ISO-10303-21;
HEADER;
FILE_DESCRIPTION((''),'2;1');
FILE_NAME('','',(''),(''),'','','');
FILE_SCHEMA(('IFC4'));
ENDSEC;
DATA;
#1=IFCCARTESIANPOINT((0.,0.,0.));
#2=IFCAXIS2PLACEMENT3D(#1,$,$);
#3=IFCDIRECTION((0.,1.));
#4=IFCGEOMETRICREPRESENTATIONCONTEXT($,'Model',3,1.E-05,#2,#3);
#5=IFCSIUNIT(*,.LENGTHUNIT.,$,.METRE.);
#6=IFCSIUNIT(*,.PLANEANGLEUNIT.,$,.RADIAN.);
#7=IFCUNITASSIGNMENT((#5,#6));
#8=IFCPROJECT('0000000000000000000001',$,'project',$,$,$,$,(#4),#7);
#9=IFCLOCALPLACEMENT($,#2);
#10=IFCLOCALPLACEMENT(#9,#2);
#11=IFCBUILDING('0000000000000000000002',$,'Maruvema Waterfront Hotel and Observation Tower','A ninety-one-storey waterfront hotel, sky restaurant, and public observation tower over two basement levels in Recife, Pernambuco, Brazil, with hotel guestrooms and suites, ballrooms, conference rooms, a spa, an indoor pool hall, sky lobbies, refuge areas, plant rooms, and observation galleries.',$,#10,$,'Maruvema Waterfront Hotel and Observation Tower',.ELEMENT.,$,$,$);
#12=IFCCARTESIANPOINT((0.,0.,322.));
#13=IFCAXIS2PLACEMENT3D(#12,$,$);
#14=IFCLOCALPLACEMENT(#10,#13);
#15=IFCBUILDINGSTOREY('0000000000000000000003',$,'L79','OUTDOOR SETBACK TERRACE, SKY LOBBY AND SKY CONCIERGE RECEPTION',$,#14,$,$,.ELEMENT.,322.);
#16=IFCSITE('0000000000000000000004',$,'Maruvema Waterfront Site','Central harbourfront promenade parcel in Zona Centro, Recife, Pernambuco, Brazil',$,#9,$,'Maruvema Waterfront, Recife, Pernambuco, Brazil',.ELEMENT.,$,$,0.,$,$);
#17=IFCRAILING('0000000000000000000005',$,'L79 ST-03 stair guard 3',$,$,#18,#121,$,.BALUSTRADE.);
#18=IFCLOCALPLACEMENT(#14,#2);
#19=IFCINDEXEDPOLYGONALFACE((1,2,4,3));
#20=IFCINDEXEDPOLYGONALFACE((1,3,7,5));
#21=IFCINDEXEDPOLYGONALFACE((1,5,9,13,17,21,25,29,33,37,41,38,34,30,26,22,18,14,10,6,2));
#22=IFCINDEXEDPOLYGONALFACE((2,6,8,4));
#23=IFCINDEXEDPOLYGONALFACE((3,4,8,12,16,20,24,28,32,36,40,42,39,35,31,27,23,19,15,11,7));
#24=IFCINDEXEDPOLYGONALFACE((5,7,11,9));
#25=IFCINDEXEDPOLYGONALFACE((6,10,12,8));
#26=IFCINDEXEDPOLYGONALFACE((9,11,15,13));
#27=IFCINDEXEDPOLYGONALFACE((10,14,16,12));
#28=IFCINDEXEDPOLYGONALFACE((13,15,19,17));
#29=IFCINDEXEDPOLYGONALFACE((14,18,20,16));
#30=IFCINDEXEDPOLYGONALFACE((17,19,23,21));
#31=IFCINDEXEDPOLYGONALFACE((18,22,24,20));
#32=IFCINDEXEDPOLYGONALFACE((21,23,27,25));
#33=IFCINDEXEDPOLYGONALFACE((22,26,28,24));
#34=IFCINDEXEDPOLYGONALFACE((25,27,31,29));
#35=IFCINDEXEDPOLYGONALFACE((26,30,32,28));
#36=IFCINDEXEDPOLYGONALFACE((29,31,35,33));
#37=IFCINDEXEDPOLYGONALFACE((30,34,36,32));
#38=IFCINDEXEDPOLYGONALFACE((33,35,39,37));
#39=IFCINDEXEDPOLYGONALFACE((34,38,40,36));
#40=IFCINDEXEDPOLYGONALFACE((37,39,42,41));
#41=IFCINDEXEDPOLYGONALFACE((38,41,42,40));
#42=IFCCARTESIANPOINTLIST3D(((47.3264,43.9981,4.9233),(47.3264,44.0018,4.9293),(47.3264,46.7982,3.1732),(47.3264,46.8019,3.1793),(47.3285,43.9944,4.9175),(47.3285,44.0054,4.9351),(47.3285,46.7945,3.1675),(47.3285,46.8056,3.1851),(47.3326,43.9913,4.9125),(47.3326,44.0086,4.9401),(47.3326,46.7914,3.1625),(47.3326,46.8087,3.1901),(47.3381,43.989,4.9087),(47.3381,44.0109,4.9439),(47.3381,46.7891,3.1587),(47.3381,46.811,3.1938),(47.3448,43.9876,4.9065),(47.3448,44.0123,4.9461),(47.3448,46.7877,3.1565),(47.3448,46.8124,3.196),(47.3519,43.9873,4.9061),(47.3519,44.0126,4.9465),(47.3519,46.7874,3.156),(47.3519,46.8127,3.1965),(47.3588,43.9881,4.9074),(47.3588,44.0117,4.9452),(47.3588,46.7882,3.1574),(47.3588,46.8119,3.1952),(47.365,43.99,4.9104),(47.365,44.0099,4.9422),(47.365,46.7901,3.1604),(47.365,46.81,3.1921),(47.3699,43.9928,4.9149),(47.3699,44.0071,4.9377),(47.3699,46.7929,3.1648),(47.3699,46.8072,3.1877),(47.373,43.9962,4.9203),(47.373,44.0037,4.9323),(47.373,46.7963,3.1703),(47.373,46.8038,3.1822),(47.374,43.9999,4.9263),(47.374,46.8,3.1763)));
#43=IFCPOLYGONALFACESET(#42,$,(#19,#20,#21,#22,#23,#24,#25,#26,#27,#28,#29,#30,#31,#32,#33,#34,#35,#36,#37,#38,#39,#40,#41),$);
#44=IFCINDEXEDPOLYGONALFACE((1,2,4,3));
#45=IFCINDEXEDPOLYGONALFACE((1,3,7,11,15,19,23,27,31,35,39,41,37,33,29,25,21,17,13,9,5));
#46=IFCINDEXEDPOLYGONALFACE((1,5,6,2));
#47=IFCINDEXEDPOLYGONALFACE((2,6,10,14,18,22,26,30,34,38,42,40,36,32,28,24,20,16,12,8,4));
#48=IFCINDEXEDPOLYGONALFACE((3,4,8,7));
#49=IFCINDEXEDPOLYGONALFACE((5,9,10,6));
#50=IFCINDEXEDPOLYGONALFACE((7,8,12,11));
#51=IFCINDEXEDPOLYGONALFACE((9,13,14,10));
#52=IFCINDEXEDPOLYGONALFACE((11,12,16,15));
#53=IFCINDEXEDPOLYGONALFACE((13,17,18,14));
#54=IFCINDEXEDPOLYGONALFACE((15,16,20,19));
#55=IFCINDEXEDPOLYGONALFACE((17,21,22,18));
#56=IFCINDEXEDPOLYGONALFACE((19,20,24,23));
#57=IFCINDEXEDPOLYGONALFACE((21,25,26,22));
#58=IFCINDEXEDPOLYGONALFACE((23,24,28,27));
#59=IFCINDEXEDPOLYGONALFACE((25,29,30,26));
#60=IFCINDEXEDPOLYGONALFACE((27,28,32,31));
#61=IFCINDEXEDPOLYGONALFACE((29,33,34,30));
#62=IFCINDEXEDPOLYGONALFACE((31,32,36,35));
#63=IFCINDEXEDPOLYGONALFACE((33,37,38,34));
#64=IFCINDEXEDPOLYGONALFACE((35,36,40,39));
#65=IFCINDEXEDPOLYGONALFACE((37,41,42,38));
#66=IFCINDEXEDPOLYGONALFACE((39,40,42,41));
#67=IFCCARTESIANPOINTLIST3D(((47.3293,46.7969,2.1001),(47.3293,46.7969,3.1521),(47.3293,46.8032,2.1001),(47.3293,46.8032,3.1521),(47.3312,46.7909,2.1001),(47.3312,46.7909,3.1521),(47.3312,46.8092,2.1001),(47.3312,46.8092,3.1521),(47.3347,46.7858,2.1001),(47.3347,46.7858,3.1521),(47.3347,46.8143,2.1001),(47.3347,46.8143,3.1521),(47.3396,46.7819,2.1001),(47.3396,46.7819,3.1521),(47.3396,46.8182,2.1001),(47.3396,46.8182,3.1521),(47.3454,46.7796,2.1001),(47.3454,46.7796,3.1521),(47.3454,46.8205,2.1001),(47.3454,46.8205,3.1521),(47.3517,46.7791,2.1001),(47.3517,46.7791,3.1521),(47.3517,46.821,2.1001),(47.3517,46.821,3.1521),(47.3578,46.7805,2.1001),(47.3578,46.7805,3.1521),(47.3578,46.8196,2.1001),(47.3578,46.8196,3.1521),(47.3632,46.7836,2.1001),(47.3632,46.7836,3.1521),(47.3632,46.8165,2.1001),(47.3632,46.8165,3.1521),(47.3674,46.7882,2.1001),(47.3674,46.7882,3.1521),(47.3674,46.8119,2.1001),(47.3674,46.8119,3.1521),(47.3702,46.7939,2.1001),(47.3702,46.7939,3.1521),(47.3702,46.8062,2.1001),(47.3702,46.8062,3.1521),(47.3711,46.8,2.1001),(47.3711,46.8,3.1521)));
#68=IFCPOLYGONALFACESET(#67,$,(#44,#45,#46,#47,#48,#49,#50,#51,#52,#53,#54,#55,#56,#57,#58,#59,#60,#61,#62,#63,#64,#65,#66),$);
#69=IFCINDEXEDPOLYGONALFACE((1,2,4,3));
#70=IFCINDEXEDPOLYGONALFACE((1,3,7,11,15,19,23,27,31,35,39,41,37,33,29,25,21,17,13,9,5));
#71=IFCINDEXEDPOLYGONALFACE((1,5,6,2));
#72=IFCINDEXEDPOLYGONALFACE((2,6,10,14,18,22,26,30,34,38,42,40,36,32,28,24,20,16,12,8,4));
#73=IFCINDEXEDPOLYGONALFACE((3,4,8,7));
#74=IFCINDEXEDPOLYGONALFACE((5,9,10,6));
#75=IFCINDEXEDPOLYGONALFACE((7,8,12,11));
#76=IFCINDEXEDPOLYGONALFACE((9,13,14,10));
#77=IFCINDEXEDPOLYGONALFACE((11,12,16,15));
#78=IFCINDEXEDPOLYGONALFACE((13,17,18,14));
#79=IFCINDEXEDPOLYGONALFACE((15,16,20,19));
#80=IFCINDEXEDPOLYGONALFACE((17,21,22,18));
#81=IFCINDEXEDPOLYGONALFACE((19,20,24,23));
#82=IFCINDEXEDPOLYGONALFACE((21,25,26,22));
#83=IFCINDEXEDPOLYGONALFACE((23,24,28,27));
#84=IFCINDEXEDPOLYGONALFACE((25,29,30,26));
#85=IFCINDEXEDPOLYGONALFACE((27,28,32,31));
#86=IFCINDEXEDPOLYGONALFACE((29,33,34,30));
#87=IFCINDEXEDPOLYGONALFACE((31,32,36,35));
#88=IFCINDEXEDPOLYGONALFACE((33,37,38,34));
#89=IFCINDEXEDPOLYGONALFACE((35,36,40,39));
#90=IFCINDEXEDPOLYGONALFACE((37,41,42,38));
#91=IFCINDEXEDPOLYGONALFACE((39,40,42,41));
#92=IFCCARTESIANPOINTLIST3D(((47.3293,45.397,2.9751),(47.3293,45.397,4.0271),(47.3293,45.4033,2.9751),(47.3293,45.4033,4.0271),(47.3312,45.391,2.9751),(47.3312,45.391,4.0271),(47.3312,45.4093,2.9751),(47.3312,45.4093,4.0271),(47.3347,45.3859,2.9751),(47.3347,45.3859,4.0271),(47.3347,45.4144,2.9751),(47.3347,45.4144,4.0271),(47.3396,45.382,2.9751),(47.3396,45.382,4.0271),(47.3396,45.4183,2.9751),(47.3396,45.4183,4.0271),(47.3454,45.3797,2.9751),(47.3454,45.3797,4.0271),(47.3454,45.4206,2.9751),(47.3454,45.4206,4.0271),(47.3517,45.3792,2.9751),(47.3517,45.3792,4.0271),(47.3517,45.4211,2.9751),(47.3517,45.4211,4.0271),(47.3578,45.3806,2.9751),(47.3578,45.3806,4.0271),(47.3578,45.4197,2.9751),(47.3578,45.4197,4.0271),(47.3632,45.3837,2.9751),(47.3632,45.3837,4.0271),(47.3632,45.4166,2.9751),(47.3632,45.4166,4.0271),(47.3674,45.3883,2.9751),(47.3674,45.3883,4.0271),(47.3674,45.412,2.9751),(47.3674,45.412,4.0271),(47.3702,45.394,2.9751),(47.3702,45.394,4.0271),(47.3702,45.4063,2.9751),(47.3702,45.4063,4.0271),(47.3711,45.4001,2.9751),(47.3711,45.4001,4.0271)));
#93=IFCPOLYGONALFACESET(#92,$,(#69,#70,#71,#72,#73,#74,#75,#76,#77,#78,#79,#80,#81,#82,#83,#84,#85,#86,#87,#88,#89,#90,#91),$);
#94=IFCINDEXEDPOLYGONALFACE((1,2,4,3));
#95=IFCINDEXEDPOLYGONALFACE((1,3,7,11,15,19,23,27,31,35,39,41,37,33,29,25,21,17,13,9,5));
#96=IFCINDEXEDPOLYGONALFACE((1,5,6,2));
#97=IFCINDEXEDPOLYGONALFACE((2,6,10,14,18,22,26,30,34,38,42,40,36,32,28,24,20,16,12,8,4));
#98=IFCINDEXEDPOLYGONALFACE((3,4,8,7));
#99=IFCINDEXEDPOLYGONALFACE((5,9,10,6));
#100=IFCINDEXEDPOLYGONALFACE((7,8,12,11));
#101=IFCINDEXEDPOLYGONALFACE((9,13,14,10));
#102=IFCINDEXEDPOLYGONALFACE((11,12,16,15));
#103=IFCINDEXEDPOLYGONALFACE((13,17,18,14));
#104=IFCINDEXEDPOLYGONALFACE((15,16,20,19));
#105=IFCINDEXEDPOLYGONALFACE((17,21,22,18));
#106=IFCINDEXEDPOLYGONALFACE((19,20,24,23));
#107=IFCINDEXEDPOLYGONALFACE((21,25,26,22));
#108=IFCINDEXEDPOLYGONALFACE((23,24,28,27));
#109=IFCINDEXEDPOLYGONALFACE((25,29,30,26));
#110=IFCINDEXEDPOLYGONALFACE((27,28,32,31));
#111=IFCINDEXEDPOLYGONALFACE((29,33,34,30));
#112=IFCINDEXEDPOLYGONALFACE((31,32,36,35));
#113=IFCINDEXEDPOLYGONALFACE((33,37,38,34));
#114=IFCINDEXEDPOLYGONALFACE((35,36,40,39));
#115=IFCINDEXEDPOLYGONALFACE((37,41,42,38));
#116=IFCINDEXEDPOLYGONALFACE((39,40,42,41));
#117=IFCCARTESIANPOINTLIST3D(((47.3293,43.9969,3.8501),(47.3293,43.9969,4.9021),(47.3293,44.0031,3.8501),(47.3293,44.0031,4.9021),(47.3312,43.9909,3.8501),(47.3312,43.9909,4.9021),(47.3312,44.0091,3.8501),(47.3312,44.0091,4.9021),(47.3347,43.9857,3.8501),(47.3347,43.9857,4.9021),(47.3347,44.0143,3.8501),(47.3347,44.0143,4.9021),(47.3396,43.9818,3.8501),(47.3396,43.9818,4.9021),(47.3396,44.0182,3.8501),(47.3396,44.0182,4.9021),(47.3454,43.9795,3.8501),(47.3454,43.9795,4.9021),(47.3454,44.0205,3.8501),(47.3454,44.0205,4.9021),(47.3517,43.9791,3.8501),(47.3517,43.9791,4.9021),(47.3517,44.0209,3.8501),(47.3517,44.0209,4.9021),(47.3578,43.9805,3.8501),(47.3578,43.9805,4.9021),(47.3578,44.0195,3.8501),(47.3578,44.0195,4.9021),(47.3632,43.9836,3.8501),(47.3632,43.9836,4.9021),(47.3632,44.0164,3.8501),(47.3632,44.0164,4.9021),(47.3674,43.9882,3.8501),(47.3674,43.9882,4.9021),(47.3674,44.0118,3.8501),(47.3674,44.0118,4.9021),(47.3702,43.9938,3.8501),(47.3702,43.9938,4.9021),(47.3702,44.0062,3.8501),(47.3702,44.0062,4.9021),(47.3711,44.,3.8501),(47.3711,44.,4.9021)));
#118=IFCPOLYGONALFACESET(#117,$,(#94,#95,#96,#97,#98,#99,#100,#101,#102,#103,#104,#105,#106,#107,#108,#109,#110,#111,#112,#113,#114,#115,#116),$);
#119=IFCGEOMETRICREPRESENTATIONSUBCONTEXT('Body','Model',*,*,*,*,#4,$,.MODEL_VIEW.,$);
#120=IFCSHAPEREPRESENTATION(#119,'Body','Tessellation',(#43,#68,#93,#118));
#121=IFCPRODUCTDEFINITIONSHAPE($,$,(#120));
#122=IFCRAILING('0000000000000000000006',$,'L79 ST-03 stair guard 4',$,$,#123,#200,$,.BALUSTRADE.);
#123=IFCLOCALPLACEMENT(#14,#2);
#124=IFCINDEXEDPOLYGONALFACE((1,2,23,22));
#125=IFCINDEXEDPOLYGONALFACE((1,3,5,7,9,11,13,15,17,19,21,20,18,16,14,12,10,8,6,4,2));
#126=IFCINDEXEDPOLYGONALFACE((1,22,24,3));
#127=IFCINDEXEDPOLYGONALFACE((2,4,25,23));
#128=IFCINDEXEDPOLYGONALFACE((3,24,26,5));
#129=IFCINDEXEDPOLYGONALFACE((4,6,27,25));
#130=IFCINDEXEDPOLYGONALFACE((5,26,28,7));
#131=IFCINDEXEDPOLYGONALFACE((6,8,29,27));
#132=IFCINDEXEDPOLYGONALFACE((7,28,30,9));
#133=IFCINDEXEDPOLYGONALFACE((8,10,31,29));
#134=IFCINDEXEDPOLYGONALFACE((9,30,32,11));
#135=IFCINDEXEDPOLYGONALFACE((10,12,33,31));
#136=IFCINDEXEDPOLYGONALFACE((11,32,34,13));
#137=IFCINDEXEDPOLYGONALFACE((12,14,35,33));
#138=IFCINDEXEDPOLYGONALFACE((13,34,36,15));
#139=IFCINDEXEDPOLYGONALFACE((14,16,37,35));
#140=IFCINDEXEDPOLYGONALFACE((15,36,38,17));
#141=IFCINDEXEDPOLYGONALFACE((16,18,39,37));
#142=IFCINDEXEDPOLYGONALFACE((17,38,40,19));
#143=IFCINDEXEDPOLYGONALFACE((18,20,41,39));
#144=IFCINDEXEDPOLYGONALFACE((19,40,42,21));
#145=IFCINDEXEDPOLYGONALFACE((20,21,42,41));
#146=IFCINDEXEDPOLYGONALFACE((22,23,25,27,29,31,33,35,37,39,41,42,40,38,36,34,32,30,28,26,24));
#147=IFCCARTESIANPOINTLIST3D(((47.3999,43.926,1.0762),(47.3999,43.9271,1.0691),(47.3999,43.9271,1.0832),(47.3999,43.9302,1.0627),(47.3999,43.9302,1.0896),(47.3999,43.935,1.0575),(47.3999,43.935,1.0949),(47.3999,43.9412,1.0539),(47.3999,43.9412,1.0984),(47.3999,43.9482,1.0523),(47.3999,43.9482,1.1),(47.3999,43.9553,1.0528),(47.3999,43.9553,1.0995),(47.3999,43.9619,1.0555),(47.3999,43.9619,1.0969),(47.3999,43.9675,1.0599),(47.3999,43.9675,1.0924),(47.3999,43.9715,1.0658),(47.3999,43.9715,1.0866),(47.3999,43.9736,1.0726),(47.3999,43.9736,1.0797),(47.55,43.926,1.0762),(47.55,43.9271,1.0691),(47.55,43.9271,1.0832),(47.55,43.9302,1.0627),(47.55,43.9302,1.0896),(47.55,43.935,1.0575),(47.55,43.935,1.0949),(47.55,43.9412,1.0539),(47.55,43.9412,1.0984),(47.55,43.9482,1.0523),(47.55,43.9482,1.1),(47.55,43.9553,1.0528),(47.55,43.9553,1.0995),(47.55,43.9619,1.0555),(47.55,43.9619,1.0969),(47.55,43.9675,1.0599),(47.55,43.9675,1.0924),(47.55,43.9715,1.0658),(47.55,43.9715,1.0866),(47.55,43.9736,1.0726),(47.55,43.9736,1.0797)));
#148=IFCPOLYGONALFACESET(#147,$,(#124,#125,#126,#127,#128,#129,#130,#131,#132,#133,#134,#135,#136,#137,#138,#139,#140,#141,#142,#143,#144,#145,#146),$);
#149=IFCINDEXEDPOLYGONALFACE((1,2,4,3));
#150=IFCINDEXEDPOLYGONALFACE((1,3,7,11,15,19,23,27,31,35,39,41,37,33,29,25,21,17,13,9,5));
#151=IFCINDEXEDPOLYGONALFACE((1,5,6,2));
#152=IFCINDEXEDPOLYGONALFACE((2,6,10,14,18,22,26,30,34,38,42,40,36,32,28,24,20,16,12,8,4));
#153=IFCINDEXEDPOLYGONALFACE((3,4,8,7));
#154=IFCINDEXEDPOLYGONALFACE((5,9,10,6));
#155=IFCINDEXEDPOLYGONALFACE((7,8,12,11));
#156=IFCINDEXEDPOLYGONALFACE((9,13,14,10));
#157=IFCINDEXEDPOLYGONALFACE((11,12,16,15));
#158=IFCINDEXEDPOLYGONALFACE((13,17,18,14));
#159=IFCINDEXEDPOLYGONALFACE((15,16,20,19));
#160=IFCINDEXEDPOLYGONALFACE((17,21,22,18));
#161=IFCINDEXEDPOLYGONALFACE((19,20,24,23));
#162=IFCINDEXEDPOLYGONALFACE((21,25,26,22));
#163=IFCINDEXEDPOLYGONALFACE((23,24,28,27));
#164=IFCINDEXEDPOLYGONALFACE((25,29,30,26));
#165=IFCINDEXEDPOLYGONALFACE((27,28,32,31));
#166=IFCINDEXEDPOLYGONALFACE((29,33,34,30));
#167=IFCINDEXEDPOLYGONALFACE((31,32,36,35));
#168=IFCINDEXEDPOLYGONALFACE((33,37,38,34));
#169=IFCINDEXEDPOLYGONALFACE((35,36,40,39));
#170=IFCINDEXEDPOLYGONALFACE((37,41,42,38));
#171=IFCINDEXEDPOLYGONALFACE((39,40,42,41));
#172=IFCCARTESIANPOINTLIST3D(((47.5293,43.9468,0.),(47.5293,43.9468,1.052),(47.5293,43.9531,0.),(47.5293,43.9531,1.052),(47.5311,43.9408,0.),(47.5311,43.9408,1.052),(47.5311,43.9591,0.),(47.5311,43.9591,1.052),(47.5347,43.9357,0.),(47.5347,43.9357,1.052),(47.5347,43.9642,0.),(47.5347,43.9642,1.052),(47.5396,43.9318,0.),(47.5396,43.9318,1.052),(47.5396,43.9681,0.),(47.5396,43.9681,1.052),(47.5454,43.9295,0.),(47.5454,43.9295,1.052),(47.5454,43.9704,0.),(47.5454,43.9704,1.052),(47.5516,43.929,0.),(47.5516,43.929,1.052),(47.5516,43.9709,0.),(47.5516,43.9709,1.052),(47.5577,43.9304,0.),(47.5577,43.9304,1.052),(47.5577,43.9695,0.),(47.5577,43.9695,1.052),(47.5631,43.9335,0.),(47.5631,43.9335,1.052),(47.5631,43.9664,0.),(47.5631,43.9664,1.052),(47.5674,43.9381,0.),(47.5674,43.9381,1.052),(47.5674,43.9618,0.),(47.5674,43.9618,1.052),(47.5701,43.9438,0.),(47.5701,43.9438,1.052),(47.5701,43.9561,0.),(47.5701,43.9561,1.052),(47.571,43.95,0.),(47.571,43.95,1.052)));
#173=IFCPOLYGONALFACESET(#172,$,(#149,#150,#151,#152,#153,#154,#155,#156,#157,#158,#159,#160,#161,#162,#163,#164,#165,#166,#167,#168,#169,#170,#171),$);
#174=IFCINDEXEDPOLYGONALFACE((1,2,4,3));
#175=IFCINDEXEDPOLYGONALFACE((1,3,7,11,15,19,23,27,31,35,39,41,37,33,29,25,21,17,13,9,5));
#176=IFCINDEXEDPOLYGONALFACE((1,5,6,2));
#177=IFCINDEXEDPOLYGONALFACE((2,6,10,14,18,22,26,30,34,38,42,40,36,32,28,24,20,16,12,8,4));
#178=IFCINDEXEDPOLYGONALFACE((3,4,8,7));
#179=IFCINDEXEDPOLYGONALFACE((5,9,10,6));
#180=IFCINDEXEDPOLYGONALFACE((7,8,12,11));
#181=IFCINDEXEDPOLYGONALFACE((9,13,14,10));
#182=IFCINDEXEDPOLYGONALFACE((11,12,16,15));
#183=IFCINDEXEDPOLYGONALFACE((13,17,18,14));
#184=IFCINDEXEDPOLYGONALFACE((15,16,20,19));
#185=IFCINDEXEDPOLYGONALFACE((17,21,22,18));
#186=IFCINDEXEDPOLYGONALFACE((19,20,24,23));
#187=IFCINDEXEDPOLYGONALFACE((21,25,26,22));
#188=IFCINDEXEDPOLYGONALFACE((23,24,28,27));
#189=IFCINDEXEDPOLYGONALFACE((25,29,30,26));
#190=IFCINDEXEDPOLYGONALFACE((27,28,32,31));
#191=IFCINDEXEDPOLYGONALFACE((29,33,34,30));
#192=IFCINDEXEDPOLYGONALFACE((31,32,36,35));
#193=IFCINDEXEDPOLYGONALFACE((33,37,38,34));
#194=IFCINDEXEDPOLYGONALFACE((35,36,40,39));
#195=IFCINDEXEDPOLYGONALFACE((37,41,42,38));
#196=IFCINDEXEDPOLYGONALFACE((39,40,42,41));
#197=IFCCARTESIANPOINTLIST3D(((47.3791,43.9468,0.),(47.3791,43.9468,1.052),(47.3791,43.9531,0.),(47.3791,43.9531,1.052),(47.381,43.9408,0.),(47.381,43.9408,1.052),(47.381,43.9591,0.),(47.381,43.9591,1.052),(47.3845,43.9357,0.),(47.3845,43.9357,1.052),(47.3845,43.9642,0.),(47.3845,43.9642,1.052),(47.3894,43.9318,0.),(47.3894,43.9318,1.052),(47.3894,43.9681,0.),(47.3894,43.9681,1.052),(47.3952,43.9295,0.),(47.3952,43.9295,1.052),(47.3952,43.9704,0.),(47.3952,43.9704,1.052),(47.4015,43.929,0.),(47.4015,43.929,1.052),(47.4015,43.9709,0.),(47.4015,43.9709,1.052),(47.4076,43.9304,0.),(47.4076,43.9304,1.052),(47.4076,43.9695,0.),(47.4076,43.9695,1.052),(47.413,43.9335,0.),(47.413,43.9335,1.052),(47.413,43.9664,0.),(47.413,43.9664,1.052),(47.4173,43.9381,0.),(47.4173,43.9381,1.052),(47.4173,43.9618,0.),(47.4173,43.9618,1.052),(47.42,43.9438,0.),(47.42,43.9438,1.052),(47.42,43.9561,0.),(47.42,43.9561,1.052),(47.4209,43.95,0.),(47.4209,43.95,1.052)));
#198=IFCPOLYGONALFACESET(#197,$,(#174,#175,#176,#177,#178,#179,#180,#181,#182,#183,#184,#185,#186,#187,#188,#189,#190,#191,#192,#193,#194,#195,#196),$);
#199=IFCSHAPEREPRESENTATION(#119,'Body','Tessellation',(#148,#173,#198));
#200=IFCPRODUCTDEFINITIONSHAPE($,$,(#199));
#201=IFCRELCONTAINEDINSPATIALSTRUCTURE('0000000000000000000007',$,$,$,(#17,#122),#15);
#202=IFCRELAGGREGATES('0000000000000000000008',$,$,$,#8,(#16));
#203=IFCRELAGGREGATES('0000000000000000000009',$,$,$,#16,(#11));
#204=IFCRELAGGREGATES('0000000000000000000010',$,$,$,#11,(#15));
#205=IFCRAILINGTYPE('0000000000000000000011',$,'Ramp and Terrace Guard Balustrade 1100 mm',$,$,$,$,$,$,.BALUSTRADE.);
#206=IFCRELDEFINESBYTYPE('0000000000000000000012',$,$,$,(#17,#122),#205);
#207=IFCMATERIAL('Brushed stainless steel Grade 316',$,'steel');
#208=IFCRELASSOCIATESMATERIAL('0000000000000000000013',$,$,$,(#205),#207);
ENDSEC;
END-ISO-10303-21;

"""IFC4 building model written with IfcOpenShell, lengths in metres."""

from ifc_helpers import new_model, si_unit, direction, frame, origin, origin_2d, place, context, subcontext, project, spatial, circle, extrude, material, type_object, element, save


model = new_model("IFC4")

# Units and contexts
model_context = context("Model", 3, precision=1e-05, world=origin(), true_north=direction((0.0, 1.0)))
body_context = subcontext(model_context, "Body", "Model", "MODEL_VIEW")
ifc_project = project(units=[si_unit("LENGTHUNIT", "METRE"), si_unit("PLANEANGLEUNIT", "RADIAN")], contexts=[model_context])

# Site, building, storey
site_placement = place(None, origin())
site = spatial("IfcSite", under=ifc_project, at=site_placement, Name="Maruvema Waterfront Site", Description="Central harbourfront promenade parcel in Zona Centro, Recife, Pernambuco, Brazil", LongName="Maruvema Waterfront, Recife, Pernambuco, Brazil", CompositionType="ELEMENT", RefElevation=0.0)
building_placement = place(site_placement, origin())
building = spatial("IfcBuilding", under=site, at=building_placement, Name="Maruvema Waterfront Hotel and Observation Tower", Description="A ninety-one-storey waterfront hotel, sky restaurant, and public observation tower over two basement levels in Recife, Pernambuco, Brazil, with hotel guestrooms and suites, ballrooms, conference rooms, a spa, an indoor pool hall, sky lobbies, refuge areas, plant rooms, and observation galleries.", LongName="Maruvema Waterfront Hotel and Observation Tower", CompositionType="ELEMENT")
storey_placement = place(building_placement, frame((0.0, 0.0, 322.0)))
storey = spatial("IfcBuildingStorey", under=building, at=storey_placement, Name="L79", Description="OUTDOOR SETBACK TERRACE, SKY LOBBY AND SKY CONCIERGE RECEPTION", CompositionType="ELEMENT", Elevation=322.0)

# Railings
ifc_material_1 = material(Name="Brushed stainless steel Grade 316", Category="steel")
railing_type_1 = type_object("IfcRailingType", Name="Ramp and Terrace Guard Balustrade 1100 mm", PredefinedType="BALUSTRADE", material=ifc_material_1)
railing_1_placement = place(storey_placement, frame((47.3501, 46.8, 2.1001)))
element("IfcRailing", 1, at=railing_1_placement, inside=storey, type_object=railing_type_1, Name="L79 ST-03 stair guard 3", PredefinedType="BALUSTRADE", context=body_context, shape_type="SweptSolid", body=[
    extrude(circle(Radius=0.0239, at=origin_2d()), frame((0.0, 0.0, 1.0762), z_axis=(0.0, -0.848002, 0.529992), x_axis=(1.0, 0.0, 0.0)), (0.0, 0.0, 1.0), 3.302),
    extrude(circle(Radius=0.021, at=origin_2d()), origin(), (0.0, 0.0, 1.0), 1.052),
    extrude(circle(Radius=0.021, at=origin_2d()), frame((0.0, -1.3999, 0.875)), (0.0, 0.0, 1.0), 1.052),
    extrude(circle(Radius=0.021, at=origin_2d()), frame((0.0, -2.8, 1.75)), (0.0, 0.0, 1.0), 1.052),
])
railing_2_placement = place(storey_placement, frame((47.55, 43.95, 0.0)))
element("IfcRailing", 2, at=railing_2_placement, inside=storey, type_object=railing_type_1, Name="L79 ST-03 stair guard 4", PredefinedType="BALUSTRADE", context=body_context, shape_type="SweptSolid", body=[
    extrude(circle(Radius=0.0239, at=origin_2d()), frame((0.0, 0.0, 1.0762), z_axis=(-1.0, 0.0, 0.0), x_axis=(0.0, -1.0, 0.0)), (0.0, 0.0, 1.0), 0.1501),
    extrude(circle(Radius=0.021, at=origin_2d()), origin(), (0.0, 0.0, 1.0), 1.052),
    extrude(circle(Radius=0.021, at=origin_2d()), frame((-0.1501, 0.0, 0.0)), (0.0, 0.0, 1.0), 1.052),
])

save(model, "model.ifc")
